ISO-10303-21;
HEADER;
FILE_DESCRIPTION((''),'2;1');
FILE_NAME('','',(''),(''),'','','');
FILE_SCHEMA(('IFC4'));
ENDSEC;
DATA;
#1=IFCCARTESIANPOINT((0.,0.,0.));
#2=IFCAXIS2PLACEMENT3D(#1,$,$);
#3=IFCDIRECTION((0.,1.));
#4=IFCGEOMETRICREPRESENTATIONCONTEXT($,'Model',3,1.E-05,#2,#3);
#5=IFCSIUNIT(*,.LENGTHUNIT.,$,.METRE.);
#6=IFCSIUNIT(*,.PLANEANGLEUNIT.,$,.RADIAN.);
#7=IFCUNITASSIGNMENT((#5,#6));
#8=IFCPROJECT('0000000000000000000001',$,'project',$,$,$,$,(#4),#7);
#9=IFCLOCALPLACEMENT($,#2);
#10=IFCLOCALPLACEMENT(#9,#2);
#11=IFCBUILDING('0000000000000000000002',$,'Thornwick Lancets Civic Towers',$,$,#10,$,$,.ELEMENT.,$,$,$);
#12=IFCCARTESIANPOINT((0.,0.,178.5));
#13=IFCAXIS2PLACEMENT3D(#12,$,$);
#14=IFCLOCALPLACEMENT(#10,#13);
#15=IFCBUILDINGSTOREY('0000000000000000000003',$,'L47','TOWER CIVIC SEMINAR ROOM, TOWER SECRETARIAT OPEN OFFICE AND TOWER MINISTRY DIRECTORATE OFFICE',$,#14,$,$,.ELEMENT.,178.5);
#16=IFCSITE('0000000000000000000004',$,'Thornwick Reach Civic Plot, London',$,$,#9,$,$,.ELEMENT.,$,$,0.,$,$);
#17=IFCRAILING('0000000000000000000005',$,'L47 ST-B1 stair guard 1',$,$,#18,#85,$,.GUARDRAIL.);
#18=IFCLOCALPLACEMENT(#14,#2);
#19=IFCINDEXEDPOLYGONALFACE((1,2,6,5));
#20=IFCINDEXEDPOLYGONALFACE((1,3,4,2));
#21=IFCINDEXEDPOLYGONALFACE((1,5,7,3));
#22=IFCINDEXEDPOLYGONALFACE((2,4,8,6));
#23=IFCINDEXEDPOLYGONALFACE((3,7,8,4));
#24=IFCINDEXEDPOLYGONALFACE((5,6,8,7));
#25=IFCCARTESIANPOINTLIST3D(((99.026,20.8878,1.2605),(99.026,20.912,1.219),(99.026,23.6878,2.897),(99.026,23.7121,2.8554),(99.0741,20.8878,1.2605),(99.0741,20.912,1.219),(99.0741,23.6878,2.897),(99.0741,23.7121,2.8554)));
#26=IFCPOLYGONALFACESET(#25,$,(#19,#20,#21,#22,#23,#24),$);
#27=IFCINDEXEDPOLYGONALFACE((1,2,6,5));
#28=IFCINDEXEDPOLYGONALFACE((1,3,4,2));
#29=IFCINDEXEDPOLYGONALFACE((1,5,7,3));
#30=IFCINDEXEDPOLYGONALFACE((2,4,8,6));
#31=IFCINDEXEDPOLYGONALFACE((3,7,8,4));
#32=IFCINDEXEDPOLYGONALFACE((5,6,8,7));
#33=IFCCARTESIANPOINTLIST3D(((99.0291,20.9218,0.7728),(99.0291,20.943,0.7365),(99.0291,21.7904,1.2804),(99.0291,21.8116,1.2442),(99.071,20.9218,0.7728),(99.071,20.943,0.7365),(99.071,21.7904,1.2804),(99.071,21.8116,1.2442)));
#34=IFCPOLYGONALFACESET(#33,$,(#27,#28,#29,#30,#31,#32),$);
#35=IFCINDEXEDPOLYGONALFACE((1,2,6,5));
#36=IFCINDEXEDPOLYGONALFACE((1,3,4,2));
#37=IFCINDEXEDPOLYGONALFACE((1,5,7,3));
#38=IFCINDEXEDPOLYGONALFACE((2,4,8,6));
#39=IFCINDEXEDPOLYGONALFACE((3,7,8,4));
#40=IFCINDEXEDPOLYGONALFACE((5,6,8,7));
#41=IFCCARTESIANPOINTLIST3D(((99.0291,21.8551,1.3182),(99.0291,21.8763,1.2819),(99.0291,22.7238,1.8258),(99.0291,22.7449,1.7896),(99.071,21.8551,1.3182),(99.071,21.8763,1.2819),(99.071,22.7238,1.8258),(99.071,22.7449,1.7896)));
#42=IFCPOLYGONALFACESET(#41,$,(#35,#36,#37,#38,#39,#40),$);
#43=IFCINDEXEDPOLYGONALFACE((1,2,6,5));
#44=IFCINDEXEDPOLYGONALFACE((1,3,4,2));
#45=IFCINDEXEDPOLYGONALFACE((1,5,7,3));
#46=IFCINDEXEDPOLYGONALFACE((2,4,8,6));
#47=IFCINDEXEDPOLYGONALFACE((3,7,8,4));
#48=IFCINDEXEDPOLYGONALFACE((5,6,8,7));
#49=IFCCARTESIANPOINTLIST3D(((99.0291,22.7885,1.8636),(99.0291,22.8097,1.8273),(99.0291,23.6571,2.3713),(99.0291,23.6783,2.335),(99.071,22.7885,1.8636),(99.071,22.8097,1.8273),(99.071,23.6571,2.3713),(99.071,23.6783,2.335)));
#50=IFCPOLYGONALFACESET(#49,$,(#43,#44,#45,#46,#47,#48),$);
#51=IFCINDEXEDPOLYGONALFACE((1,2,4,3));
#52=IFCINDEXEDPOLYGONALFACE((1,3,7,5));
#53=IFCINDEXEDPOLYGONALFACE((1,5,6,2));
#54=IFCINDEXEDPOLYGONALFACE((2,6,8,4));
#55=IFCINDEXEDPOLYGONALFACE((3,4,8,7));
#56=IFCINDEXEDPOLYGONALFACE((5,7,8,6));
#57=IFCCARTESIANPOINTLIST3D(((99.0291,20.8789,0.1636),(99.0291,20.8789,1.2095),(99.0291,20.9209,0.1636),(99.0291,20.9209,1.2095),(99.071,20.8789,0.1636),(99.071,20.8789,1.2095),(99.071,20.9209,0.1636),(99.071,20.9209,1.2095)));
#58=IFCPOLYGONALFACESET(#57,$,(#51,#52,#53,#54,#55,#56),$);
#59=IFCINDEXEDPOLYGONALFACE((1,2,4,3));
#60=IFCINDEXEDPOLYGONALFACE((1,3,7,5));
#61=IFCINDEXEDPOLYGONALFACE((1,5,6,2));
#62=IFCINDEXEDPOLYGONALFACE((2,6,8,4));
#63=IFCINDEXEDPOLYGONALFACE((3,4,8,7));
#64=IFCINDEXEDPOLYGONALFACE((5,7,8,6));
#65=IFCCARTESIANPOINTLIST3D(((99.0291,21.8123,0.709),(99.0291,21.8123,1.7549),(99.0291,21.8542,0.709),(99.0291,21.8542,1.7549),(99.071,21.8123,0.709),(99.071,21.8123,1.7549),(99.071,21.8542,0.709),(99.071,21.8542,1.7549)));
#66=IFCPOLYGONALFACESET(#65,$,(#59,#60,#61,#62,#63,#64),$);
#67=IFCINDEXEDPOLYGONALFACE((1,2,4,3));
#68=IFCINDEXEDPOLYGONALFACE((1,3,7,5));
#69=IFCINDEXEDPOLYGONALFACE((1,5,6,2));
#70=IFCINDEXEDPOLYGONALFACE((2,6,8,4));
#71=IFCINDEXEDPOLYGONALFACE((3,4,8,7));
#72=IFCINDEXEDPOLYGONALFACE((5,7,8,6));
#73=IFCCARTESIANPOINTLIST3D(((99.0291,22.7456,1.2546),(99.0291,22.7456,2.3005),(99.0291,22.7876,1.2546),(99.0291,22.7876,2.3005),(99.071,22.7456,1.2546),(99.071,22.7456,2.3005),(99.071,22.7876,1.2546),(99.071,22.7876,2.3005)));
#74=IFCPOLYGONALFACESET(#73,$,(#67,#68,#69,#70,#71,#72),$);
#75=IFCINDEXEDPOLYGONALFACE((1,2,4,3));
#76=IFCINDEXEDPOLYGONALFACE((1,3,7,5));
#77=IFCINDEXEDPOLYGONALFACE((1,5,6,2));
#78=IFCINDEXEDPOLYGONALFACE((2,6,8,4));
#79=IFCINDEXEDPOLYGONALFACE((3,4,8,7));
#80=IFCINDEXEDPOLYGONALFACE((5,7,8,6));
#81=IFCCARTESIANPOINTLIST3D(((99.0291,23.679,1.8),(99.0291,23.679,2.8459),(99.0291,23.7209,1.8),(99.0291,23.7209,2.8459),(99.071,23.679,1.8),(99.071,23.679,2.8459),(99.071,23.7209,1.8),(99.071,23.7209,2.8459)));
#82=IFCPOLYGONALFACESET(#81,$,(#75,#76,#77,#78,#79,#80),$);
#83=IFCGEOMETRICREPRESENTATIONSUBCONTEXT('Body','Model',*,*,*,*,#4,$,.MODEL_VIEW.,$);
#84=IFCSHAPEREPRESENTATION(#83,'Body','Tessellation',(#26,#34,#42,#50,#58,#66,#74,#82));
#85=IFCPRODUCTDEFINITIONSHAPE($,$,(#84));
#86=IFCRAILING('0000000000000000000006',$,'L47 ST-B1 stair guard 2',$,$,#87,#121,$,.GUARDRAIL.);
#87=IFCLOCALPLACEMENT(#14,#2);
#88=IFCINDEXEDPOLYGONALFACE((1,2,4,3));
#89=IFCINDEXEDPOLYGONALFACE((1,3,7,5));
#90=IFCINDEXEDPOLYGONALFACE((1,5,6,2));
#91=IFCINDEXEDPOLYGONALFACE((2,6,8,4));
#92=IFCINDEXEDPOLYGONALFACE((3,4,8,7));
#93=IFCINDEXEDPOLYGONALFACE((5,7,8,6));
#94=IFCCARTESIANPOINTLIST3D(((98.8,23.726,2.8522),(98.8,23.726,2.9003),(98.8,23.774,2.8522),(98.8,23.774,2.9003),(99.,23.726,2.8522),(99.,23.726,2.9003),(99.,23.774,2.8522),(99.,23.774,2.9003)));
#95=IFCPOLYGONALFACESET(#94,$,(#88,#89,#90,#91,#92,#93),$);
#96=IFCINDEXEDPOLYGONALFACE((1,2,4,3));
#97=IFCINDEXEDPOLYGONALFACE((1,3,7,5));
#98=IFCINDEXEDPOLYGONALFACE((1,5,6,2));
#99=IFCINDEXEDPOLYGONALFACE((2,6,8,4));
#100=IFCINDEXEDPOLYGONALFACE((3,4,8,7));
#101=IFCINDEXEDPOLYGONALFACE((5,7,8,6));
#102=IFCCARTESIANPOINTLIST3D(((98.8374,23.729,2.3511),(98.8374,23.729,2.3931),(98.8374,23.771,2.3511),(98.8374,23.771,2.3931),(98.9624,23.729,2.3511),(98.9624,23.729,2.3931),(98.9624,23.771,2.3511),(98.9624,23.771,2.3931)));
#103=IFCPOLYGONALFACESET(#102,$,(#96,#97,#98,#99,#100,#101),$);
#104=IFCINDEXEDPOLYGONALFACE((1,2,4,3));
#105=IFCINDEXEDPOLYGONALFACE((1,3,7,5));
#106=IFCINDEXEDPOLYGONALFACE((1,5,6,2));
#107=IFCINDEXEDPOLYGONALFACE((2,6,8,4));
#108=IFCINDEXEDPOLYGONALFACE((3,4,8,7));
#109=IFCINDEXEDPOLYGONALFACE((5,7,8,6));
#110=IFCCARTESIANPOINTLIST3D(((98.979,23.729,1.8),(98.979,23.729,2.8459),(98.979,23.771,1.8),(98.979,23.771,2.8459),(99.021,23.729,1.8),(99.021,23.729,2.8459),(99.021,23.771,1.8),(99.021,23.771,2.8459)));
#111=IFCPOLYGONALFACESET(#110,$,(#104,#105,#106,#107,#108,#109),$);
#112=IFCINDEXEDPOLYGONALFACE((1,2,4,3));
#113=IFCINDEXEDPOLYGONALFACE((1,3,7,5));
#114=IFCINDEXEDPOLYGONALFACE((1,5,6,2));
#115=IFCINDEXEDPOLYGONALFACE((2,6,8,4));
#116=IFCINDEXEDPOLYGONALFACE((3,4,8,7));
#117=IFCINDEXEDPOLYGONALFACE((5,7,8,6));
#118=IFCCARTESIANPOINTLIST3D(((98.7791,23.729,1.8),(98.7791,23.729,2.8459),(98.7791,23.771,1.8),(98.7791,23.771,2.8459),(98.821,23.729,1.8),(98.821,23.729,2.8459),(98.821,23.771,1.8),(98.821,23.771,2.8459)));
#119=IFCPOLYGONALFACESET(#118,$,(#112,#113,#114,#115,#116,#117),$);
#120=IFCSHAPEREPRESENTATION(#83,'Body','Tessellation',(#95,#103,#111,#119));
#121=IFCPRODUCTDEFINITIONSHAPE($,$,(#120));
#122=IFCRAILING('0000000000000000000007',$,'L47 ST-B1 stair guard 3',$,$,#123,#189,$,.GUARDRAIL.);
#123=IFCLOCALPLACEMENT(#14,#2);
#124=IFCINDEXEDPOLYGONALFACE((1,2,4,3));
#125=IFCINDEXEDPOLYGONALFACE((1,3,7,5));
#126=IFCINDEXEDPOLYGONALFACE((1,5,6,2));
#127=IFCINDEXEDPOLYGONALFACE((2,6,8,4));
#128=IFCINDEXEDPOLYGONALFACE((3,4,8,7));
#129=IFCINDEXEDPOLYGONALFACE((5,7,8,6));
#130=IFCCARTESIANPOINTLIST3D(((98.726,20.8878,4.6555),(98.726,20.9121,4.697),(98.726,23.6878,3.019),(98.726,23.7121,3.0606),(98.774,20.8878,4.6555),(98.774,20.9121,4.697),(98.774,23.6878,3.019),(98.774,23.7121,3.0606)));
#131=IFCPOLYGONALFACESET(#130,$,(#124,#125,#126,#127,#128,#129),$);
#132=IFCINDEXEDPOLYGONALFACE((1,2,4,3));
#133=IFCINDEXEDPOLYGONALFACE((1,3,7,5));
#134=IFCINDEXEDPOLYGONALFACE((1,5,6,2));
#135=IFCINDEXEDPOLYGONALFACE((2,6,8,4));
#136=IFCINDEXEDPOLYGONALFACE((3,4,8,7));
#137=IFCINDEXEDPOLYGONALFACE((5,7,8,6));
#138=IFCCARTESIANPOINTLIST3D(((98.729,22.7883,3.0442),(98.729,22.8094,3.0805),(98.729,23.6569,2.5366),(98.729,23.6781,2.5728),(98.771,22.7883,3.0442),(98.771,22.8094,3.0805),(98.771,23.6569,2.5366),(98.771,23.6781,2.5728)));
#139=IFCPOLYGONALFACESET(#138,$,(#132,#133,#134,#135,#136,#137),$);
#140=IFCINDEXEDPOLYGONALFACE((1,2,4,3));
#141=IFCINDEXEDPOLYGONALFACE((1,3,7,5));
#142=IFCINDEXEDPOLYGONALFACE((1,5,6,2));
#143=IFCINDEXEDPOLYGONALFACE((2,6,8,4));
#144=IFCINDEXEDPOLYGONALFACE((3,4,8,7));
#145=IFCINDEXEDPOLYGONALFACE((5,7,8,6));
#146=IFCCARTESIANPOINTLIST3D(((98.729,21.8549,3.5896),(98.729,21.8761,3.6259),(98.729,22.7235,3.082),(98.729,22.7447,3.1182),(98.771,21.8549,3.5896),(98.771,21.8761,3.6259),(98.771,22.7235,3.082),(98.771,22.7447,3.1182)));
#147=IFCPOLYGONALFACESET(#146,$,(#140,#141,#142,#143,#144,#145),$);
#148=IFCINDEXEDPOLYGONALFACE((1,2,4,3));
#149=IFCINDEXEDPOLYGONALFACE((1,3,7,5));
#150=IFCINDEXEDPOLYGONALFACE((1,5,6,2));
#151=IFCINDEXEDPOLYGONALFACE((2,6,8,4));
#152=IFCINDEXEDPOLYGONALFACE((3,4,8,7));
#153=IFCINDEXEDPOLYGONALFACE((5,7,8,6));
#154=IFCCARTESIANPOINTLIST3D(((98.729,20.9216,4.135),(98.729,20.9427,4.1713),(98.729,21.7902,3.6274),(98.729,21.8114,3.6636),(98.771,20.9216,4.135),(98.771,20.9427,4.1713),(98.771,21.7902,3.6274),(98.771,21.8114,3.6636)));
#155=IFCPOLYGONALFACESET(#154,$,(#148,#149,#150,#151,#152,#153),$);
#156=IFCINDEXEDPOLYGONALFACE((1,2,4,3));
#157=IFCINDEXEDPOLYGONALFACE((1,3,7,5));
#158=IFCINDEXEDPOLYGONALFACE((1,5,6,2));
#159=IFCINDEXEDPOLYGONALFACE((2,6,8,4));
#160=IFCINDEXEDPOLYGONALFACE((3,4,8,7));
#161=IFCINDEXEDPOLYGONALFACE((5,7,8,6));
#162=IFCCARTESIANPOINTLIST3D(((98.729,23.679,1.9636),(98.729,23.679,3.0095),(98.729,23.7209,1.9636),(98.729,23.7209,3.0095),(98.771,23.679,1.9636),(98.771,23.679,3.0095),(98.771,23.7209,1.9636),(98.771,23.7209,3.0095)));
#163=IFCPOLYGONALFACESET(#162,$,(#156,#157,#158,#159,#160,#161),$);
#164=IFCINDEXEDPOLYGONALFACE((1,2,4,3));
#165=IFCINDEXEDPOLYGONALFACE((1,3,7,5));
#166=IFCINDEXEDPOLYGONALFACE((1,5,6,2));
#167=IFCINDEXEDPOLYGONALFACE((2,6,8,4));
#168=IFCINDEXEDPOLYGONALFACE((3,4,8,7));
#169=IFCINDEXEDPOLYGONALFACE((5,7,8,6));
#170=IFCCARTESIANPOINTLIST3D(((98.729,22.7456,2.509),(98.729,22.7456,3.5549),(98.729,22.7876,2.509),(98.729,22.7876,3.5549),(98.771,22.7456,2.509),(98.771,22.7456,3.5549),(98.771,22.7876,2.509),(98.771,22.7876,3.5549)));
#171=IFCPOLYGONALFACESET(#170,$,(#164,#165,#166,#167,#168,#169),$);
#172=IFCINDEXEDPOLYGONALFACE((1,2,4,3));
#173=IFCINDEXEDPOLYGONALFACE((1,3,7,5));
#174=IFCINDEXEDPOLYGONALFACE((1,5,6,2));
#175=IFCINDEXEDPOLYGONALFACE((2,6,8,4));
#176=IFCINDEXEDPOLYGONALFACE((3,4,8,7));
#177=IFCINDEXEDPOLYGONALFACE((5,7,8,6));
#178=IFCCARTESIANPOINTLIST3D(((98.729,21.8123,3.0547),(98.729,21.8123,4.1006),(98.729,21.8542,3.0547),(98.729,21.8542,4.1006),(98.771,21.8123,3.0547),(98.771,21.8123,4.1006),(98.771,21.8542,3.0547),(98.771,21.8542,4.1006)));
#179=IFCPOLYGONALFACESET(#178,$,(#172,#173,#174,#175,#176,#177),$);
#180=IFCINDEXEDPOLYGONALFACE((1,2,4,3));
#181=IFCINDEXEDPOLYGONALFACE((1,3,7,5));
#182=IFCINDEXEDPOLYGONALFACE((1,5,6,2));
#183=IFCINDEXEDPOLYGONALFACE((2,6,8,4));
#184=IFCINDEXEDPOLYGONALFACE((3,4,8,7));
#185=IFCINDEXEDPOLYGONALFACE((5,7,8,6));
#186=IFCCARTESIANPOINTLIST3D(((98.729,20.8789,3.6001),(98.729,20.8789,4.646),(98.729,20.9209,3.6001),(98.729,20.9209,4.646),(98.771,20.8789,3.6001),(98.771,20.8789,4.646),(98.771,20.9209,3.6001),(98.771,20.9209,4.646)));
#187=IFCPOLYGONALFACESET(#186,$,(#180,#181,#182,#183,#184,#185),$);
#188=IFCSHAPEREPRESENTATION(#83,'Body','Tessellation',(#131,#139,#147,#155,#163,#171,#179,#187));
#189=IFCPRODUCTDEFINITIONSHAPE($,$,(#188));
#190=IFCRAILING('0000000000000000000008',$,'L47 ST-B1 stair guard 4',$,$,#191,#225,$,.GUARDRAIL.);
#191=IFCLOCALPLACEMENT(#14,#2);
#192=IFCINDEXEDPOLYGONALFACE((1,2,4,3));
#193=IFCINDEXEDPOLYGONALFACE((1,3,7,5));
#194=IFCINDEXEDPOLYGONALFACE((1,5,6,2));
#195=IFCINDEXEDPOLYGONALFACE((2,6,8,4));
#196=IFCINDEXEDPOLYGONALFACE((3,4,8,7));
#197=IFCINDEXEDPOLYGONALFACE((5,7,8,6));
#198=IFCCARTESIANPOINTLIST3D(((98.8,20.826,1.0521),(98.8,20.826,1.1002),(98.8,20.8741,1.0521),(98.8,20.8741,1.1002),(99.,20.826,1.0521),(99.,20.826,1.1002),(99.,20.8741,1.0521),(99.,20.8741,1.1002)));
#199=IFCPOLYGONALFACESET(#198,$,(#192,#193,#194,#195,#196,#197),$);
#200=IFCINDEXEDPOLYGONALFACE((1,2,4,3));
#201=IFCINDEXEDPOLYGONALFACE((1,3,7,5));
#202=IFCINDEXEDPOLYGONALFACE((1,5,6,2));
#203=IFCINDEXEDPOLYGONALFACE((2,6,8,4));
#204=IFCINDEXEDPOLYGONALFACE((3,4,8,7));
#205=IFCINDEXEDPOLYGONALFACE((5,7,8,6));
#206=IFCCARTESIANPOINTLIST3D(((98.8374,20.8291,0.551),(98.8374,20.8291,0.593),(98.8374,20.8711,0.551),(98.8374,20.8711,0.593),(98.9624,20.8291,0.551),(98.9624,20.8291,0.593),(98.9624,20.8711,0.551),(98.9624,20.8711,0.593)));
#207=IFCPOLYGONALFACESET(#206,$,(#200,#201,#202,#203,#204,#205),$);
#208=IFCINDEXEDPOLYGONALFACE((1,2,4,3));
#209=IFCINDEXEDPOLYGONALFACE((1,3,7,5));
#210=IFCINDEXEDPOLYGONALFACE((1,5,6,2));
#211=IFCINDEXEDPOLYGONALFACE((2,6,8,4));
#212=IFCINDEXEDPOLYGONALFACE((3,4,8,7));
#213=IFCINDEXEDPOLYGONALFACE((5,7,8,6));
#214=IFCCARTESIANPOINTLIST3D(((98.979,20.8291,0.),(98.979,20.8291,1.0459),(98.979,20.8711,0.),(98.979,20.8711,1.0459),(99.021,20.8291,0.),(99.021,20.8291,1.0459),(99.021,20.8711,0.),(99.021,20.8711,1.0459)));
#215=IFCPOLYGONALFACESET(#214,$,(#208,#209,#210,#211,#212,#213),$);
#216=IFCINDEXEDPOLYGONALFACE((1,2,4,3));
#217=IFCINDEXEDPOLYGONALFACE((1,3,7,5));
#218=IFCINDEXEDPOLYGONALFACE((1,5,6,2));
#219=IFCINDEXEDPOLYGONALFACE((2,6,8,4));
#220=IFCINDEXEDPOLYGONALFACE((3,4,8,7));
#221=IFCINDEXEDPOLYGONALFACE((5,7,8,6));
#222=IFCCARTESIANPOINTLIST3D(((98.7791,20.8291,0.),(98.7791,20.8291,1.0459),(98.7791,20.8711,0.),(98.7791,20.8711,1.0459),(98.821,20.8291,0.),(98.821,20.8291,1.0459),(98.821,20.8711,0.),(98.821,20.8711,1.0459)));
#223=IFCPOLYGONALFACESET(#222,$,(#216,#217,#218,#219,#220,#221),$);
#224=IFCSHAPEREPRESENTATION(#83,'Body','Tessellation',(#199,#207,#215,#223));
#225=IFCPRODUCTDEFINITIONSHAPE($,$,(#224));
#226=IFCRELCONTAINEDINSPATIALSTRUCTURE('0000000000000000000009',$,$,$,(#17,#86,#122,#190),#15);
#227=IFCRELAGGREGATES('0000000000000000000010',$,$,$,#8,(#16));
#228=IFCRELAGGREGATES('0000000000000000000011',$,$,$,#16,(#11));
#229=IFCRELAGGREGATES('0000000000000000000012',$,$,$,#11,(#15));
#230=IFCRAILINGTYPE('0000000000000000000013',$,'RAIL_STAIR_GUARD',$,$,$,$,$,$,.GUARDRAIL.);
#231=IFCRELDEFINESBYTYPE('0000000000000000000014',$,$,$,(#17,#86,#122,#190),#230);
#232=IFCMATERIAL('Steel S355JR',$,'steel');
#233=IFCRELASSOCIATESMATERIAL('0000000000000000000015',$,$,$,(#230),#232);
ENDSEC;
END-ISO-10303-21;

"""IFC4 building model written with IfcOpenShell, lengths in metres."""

from ifc_helpers import new_model, si_unit, direction, frame, origin, origin_2d, place, context, subcontext, project, spatial, rectangle, extrude, material, type_object, element, save


model = new_model("IFC4")

# Units and contexts
model_context = context("Model", 3, precision=1e-05, world=origin(), true_north=direction((0.0, 1.0)))
body_context = subcontext(model_context, "Body", "Model", "MODEL_VIEW")
ifc_project = project(units=[si_unit("LENGTHUNIT", "METRE"), si_unit("PLANEANGLEUNIT", "RADIAN")], contexts=[model_context])

# Site, building, storey
site_placement = place(None, origin())
site = spatial("IfcSite", under=ifc_project, at=site_placement, Name="Thornwick Reach Civic Plot, London", CompositionType="ELEMENT", RefElevation=0.0)
building_placement = place(site_placement, origin())
building = spatial("IfcBuilding", under=site, at=building_placement, Name="Thornwick Lancets Civic Towers", CompositionType="ELEMENT")
storey_placement = place(building_placement, frame((0.0, 0.0, 178.5)))
storey = spatial("IfcBuildingStorey", under=building, at=storey_placement, Name="L47", Description="TOWER CIVIC SEMINAR ROOM, TOWER SECRETARIAT OPEN OFFICE AND TOWER MINISTRY DIRECTORATE OFFICE", CompositionType="ELEMENT", Elevation=178.5)

# Shared definitions
ifc_material_1 = material(Name="Steel S355JR", Category="steel")

# Railings
railing_type_1 = type_object("IfcRailingType", Name="RAIL_STAIR_GUARD", PredefinedType="GUARDRAIL", material=ifc_material_1)
railing_1_placement = place(storey_placement, frame((99.05, 20.8999, 0.1636)))
element("IfcRailing", 1, at=railing_1_placement, inside=storey, type_object=railing_type_1, Name="L47 ST-B1 stair guard 1", PredefinedType="GUARDRAIL", context=body_context, shape_type="SweptSolid", body=[
    extrude(rectangle(XDim=0.0481, YDim=0.0481, at=origin_2d()), frame((0.0, 0.0, 1.0762), z_axis=(0.0, 0.863361, 0.504587), x_axis=(-1.0, 0.0, 0.0)), (0.0, 0.0, 1.0), 3.2432),
    extrude(rectangle(XDim=0.042, YDim=0.042, at=origin_2d()), frame((0.0, 0.0325, 0.5911), z_axis=(0.0, 0.863361, 0.504587), x_axis=(-1.0, 0.0, 0.0)), (0.0, 0.0, 1.0), 1.0061),
    extrude(rectangle(XDim=0.042, YDim=0.042, at=origin_2d()), frame((0.0, 0.9658, 1.1365), z_axis=(0.0, 0.863361, 0.504587), x_axis=(-1.0, 0.0, 0.0)), (0.0, 0.0, 1.0), 1.0061),
    extrude(rectangle(XDim=0.042, YDim=0.042, at=origin_2d()), frame((0.0, 1.8992, 1.6819), z_axis=(0.0, 0.863361, 0.504587), x_axis=(-1.0, 0.0, 0.0)), (0.0, 0.0, 1.0), 1.0061),
    extrude(rectangle(XDim=0.042, YDim=0.042, at=origin_2d()), origin(), (0.0, 0.0, 1.0), 1.0459),
    extrude(rectangle(XDim=0.042, YDim=0.042, at=origin_2d()), frame((0.0, 0.9333, 0.5454)), (0.0, 0.0, 1.0), 1.0459),
    extrude(rectangle(XDim=0.042, YDim=0.042, at=origin_2d()), frame((0.0, 1.8667, 1.0911)), (0.0, 0.0, 1.0), 1.0459),
    extrude(rectangle(XDim=0.042, YDim=0.042, at=origin_2d()), frame((0.0, 2.8, 1.6365)), (0.0, 0.0, 1.0), 1.0459),
])
railing_2_placement = place(storey_placement, frame((99.0, 23.75, 1.8)))
element("IfcRailing", 2, at=railing_2_placement, inside=storey, type_object=railing_type_1, Name="L47 ST-B1 stair guard 2", PredefinedType="GUARDRAIL", context=body_context, shape_type="SweptSolid", body=[
    extrude(rectangle(XDim=0.0481, YDim=0.0481, at=origin_2d()), frame((0.0, 0.0, 1.0762), z_axis=(-1.0, 0.0, 0.0), x_axis=(0.0, -1.0, 0.0)), (0.0, 0.0, 1.0), 0.2),
    extrude(rectangle(XDim=0.042, YDim=0.042, at=origin_2d()), frame((-0.0376, 0.0, 0.572), z_axis=(-1.0, 0.0, 0.0), x_axis=(0.0, -1.0, 0.0)), (0.0, 0.0, 1.0), 0.125),
    extrude(rectangle(XDim=0.042, YDim=0.042, at=origin_2d()), origin(), (0.0, 0.0, 1.0), 1.0459),
    extrude(rectangle(XDim=0.042, YDim=0.042, at=origin_2d()), frame((-0.2, 0.0, 0.0)), (0.0, 0.0, 1.0), 1.0459),
])
railing_3_placement = place(storey_placement, frame((98.75, 23.7, 1.9636)))
element("IfcRailing", 3, at=railing_3_placement, inside=storey, type_object=railing_type_1, Name="L47 ST-B1 stair guard 3", PredefinedType="GUARDRAIL", context=body_context, shape_type="SweptSolid", body=[
    extrude(rectangle(XDim=0.0481, YDim=0.0481, at=origin_2d()), frame((0.0, 0.0, 1.0762), z_axis=(0.0, -0.863361, 0.504587), x_axis=(1.0, 0.0, 0.0)), (0.0, 0.0, 1.0), 3.2432),
    extrude(rectangle(XDim=0.042, YDim=0.042, at=origin_2d()), frame((0.0, -0.0325, 0.5911), z_axis=(0.0, -0.863361, 0.504587), x_axis=(1.0, 0.0, 0.0)), (0.0, 0.0, 1.0), 1.0061),
    extrude(rectangle(XDim=0.042, YDim=0.042, at=origin_2d()), frame((0.0, -0.9658, 1.1365), z_axis=(0.0, -0.863361, 0.504587), x_axis=(1.0, 0.0, 0.0)), (0.0, 0.0, 1.0), 1.0061),
    extrude(rectangle(XDim=0.042, YDim=0.042, at=origin_2d()), frame((0.0, -1.8992, 1.6819), z_axis=(0.0, -0.863361, 0.504587), x_axis=(1.0, 0.0, 0.0)), (0.0, 0.0, 1.0), 1.0061),
    extrude(rectangle(XDim=0.042, YDim=0.042, at=origin_2d()), origin(), (0.0, 0.0, 1.0), 1.0459),
    extrude(rectangle(XDim=0.042, YDim=0.042, at=origin_2d()), frame((0.0, -0.9333, 0.5454)), (0.0, 0.0, 1.0), 1.0459),
    extrude(rectangle(XDim=0.042, YDim=0.042, at=origin_2d()), frame((0.0, -1.8667, 1.0911)), (0.0, 0.0, 1.0), 1.0459),
    extrude(rectangle(XDim=0.042, YDim=0.042, at=origin_2d()), frame((0.0, -2.8, 1.6365)), (0.0, 0.0, 1.0), 1.0459),
])
railing_4_placement = place(storey_placement, frame((99.0, 20.8501, 0.0)))
element("IfcRailing", 4, at=railing_4_placement, inside=storey, type_object=railing_type_1, Name="L47 ST-B1 stair guard 4", PredefinedType="GUARDRAIL", context=body_context, shape_type="SweptSolid", body=[
    extrude(rectangle(XDim=0.0481, YDim=0.0481, at=origin_2d()), frame((0.0, 0.0, 1.0762), z_axis=(-1.0, 0.0, 0.0), x_axis=(0.0, -1.0, 0.0)), (0.0, 0.0, 1.0), 0.2),
    extrude(rectangle(XDim=0.042, YDim=0.042, at=origin_2d()), frame((-0.0376, 0.0, 0.572), z_axis=(-1.0, 0.0, 0.0), x_axis=(0.0, -1.0, 0.0)), (0.0, 0.0, 1.0), 0.125),
    extrude(rectangle(XDim=0.042, YDim=0.042, at=origin_2d()), origin(), (0.0, 0.0, 1.0), 1.0459),
    extrude(rectangle(XDim=0.042, YDim=0.042, at=origin_2d()), frame((-0.2, 0.0, 0.0)), (0.0, 0.0, 1.0), 1.0459),
])

save(model, "model.ifc")
